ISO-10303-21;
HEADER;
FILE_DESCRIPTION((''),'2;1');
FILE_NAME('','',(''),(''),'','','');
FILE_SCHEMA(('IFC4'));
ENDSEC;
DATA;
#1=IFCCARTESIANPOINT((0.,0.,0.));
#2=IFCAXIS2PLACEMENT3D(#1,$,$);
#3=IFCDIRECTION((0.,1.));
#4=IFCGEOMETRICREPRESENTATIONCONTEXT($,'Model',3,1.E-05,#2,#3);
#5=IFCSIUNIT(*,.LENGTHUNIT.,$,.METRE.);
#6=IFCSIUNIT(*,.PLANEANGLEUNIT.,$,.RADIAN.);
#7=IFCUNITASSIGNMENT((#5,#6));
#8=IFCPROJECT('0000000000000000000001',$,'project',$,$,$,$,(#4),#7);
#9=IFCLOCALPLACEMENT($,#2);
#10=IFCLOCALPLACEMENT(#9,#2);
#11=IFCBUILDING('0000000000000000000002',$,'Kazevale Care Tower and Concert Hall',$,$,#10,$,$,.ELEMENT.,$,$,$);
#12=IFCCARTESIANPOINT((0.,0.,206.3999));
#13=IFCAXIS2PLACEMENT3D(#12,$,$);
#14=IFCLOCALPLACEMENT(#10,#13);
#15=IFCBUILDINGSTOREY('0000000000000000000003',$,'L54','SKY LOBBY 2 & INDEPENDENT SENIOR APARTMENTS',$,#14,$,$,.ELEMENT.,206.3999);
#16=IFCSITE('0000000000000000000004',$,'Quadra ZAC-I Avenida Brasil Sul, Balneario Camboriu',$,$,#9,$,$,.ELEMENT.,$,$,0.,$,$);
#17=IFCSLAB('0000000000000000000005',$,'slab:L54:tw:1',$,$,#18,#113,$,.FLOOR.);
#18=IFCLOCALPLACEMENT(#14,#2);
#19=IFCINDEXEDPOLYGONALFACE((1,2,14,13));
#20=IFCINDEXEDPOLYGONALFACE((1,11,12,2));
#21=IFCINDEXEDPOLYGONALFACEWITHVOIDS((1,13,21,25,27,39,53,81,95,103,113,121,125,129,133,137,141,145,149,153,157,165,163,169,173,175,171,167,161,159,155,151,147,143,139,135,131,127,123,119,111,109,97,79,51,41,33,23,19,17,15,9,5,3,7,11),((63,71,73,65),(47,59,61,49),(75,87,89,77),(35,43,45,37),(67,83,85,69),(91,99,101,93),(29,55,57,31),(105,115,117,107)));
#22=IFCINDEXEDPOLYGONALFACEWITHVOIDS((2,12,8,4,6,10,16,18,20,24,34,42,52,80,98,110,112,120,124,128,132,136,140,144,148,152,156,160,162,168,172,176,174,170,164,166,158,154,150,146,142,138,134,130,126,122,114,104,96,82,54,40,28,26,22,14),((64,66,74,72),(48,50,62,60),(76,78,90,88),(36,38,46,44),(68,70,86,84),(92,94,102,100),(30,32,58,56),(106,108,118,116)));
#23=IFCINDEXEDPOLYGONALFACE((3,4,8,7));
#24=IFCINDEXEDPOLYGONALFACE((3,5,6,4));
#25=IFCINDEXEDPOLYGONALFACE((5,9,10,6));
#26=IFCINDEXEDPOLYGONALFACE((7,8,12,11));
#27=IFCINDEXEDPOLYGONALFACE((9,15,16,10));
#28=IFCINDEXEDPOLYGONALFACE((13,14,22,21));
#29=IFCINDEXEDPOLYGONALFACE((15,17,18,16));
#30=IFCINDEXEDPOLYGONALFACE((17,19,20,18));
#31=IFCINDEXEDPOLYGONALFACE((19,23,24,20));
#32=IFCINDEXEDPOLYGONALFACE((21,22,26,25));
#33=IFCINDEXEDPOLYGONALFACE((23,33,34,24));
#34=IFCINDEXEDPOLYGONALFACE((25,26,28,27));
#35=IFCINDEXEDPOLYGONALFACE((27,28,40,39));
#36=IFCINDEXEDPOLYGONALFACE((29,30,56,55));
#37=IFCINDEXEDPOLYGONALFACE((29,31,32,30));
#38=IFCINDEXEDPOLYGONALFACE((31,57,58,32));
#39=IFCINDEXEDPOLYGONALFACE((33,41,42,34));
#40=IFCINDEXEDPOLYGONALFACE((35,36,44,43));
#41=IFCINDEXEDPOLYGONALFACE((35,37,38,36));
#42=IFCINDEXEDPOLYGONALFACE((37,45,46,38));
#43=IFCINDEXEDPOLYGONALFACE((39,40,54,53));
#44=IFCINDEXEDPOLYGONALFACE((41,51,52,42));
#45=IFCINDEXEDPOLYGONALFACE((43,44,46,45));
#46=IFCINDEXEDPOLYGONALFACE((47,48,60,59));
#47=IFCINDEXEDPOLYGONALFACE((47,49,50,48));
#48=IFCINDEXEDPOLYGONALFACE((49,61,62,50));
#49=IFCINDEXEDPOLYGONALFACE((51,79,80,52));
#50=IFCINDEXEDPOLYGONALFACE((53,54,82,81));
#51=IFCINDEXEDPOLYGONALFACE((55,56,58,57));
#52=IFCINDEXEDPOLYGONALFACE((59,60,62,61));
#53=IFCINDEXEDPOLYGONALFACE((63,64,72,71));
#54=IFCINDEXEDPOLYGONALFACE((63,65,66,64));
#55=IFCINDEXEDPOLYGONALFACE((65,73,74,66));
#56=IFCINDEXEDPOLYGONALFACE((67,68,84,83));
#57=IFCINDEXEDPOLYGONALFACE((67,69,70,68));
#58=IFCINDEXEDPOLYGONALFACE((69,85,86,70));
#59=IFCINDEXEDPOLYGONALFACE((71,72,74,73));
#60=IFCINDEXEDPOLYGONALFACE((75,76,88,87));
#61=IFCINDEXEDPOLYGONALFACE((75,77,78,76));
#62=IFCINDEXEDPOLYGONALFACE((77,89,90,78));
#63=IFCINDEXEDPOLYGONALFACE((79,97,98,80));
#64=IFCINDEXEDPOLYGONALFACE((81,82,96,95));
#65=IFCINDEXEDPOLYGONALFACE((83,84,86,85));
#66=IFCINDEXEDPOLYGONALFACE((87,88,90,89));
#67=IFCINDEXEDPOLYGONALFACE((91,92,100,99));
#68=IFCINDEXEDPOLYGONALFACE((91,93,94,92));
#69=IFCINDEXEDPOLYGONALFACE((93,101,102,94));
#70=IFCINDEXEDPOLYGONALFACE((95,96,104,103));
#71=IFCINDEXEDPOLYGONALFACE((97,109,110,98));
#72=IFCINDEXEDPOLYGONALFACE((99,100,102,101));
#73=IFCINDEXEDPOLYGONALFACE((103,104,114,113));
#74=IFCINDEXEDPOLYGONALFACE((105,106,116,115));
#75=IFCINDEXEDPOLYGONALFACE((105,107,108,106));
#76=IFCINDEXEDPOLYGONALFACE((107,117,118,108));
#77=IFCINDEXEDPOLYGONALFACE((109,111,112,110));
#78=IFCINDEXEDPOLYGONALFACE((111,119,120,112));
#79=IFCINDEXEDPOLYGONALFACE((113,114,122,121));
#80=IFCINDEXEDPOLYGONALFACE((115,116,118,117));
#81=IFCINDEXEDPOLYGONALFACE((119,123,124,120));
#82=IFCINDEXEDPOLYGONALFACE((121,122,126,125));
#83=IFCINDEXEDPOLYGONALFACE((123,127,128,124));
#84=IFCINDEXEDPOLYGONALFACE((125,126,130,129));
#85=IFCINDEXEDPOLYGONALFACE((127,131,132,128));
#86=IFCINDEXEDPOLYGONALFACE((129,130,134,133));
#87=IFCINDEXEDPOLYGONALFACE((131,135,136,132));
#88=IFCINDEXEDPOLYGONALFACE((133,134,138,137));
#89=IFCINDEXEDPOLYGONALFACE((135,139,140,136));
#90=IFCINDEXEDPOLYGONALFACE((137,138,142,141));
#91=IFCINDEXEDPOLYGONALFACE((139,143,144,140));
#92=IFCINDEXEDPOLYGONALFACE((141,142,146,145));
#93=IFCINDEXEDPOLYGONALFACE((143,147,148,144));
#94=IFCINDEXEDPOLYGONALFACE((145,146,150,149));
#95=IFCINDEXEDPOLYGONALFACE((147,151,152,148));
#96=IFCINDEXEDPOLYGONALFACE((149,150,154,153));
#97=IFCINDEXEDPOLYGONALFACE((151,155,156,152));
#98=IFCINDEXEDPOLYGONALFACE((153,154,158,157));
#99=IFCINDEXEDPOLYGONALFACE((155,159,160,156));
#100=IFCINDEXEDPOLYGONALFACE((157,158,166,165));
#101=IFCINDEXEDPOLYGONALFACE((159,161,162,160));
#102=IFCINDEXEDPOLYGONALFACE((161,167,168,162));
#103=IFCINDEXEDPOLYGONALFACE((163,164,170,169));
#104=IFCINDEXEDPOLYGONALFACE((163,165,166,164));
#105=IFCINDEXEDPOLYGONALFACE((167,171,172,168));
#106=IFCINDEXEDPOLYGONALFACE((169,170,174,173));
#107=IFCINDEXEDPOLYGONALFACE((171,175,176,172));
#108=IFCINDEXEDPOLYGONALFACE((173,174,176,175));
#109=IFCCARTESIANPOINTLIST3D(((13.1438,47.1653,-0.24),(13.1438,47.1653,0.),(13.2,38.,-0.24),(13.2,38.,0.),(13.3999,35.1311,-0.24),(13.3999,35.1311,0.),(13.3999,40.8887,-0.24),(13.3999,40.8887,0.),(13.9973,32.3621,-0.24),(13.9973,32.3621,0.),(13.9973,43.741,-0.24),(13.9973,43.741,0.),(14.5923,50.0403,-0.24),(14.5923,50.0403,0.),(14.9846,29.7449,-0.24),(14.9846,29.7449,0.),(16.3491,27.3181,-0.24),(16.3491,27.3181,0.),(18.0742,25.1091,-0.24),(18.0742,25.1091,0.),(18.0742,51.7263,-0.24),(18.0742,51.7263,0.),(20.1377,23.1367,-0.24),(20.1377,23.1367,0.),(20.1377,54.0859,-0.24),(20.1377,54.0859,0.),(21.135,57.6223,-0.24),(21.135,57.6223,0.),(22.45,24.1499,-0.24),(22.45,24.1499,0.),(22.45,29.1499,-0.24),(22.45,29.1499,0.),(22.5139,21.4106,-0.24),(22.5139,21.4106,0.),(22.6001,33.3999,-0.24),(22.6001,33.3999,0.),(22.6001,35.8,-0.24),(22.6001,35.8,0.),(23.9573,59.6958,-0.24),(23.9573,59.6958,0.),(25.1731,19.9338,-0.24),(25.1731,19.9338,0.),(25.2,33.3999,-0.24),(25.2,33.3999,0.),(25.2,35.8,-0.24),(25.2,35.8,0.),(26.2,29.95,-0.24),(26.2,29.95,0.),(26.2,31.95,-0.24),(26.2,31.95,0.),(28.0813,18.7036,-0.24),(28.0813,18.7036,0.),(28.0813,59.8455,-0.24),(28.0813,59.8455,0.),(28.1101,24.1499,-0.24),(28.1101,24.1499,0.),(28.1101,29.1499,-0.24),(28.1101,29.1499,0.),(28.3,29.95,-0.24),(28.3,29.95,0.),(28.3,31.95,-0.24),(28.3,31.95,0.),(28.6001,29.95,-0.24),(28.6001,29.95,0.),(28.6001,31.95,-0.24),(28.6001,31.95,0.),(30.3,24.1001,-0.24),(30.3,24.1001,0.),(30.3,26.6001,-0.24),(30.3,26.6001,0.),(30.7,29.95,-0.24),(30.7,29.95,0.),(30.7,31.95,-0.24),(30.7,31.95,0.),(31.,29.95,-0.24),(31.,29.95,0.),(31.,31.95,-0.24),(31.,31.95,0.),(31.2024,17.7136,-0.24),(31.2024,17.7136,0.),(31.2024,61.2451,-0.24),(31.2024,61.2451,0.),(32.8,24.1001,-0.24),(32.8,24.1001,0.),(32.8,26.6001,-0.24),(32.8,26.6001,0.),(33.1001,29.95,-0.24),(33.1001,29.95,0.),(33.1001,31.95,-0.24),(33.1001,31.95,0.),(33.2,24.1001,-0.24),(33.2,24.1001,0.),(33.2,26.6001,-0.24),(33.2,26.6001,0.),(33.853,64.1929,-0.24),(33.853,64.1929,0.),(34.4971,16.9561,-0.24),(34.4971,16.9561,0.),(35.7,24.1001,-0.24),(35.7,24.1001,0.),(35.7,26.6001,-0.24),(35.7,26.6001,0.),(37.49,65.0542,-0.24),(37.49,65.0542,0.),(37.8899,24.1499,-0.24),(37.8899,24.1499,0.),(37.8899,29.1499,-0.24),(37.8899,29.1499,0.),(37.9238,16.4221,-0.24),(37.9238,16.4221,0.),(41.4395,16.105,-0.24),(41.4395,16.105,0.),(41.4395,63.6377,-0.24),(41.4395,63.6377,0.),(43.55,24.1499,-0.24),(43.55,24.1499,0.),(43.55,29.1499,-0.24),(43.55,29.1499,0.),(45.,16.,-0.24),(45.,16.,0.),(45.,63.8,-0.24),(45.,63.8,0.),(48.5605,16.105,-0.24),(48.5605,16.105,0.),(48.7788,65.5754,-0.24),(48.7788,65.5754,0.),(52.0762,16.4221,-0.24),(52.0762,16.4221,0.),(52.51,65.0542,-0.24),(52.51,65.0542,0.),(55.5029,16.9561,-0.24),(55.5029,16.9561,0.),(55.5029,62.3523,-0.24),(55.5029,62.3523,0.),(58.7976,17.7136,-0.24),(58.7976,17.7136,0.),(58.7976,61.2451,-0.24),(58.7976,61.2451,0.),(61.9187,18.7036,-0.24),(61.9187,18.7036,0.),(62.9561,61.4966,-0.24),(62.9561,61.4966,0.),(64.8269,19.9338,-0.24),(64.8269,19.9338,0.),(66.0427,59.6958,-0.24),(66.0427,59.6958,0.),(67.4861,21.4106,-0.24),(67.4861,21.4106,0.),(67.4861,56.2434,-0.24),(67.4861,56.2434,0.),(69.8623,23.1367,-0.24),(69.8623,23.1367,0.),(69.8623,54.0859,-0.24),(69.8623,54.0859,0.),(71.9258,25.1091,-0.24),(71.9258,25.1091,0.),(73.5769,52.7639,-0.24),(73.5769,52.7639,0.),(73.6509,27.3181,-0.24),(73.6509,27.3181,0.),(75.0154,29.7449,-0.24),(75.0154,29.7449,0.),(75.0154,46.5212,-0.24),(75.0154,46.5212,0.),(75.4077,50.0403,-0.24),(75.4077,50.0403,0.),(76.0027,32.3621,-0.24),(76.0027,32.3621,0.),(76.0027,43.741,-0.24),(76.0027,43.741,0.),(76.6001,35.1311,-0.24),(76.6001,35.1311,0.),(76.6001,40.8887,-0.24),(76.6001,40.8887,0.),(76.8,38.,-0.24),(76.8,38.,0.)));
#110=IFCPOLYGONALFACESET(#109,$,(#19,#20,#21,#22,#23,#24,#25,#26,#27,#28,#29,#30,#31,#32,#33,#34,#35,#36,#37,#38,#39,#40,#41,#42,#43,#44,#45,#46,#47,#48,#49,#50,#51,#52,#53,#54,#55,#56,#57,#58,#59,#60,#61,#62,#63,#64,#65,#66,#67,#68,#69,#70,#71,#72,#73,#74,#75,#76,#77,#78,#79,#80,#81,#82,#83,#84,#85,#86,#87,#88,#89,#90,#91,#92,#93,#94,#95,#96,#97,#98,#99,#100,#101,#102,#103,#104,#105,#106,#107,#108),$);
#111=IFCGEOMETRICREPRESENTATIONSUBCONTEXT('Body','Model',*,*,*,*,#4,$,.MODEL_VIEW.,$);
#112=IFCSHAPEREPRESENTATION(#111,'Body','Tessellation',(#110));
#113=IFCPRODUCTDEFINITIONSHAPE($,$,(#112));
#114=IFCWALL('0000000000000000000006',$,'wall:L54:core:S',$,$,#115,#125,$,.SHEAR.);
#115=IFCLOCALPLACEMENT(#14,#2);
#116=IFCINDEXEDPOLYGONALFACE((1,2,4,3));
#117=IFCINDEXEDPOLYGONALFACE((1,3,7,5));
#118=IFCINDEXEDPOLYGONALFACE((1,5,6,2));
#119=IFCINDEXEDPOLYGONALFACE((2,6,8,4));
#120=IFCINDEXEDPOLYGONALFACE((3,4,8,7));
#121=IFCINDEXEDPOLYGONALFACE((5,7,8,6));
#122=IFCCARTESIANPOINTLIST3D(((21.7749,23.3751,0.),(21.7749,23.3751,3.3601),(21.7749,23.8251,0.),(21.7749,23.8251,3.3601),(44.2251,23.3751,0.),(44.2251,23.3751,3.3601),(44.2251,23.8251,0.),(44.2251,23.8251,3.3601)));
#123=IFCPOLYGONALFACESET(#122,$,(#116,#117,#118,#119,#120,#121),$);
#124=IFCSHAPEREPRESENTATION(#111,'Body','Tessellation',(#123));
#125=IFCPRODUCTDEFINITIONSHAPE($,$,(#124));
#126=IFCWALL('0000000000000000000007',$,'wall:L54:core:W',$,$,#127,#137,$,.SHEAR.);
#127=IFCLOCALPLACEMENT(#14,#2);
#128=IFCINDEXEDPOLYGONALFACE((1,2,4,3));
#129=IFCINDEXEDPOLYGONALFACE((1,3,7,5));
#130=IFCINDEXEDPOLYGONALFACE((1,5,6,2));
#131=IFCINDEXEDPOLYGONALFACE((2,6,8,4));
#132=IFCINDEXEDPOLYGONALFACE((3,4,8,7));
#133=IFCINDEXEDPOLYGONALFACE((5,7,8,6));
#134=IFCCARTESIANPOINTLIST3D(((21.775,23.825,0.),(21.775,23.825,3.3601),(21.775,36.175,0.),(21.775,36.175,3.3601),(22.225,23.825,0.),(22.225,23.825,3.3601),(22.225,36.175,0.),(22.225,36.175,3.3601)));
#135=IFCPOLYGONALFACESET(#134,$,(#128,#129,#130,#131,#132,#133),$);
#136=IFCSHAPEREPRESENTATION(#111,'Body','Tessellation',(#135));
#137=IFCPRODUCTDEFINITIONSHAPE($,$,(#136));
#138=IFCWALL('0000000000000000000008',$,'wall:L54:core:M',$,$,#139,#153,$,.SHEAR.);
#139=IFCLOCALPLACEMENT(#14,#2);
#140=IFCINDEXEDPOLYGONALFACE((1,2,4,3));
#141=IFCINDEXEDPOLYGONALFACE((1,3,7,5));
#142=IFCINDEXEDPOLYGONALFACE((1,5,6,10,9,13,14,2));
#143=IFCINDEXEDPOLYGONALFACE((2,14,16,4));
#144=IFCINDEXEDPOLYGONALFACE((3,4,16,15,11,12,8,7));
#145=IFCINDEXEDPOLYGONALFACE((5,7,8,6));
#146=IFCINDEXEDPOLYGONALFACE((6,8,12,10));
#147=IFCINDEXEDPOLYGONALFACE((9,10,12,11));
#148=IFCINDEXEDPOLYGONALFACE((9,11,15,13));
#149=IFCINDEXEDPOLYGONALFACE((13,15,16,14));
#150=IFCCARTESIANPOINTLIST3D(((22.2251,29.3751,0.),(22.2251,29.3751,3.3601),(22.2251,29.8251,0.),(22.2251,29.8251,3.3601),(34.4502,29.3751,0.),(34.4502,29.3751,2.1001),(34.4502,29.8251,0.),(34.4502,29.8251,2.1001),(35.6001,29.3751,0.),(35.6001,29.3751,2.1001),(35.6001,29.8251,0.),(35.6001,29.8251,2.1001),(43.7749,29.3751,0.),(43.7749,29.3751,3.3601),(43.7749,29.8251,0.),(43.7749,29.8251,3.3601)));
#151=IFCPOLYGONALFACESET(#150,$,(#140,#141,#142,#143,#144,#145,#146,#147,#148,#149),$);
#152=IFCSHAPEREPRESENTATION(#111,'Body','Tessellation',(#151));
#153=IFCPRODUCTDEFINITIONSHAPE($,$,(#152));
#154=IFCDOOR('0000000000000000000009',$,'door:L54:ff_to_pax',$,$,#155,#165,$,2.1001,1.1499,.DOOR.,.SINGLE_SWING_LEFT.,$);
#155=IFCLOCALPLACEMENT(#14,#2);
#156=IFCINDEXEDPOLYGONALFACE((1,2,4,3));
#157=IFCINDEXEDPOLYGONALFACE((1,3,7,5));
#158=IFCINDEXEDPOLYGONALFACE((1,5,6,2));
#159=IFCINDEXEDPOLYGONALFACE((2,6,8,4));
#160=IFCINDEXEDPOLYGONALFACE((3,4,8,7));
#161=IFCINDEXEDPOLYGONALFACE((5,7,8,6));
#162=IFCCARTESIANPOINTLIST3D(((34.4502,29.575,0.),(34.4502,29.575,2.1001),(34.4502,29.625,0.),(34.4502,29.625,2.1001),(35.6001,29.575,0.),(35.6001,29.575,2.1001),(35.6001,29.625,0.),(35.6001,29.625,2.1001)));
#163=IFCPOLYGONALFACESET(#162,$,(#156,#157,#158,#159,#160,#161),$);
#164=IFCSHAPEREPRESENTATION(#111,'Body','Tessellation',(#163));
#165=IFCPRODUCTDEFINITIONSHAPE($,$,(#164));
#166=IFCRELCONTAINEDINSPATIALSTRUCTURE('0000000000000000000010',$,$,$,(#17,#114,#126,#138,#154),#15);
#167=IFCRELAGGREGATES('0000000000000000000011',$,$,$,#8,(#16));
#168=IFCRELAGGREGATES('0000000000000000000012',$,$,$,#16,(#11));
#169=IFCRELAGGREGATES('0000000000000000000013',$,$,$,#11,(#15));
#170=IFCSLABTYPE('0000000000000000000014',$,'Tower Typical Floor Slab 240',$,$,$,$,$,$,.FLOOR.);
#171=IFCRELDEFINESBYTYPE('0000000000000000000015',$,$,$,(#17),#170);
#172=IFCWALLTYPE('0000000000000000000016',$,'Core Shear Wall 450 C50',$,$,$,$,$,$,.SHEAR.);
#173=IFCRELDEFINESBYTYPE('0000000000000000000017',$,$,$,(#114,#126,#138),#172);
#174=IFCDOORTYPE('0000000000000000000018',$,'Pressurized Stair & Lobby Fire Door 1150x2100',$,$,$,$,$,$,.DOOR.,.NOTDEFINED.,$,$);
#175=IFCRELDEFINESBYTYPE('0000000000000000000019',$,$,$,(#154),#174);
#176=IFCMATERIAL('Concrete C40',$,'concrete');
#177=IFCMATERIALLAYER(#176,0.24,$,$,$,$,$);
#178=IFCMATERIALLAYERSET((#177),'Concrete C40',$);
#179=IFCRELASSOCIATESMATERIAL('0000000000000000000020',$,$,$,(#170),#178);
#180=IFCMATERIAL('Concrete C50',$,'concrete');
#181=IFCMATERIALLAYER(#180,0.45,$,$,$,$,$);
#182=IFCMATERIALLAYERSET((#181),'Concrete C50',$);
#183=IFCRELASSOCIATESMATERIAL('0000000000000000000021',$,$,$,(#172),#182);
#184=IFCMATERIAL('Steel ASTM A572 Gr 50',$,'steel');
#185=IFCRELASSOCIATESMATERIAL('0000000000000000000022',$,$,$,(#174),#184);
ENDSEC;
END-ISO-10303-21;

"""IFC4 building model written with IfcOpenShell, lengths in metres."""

from ifc_helpers import new_model, si_unit, direction, frame, frame_2d, origin, place, context, subcontext, project, spatial, polyline, rectangle, outline, extrude, material, layer, layer_set, type_object, element, fill, save


model = new_model("IFC4")

# Units and contexts
model_context = context("Model", 3, precision=1e-05, world=origin(), true_north=direction((0.0, 1.0)))
body_context = subcontext(model_context, "Body", "Model", "MODEL_VIEW")
ifc_project = project(units=[si_unit("LENGTHUNIT", "METRE"), si_unit("PLANEANGLEUNIT", "RADIAN")], contexts=[model_context])

# Site, building, storey
site_placement = place(None, origin())
site = spatial("IfcSite", under=ifc_project, at=site_placement, Name="Quadra ZAC-I Avenida Brasil Sul, Balneario Camboriu", CompositionType="ELEMENT", RefElevation=0.0)
building_placement = place(site_placement, origin())
building = spatial("IfcBuilding", under=site, at=building_placement, Name="Kazevale Care Tower and Concert Hall", CompositionType="ELEMENT")
storey_placement = place(building_placement, frame((0.0, 0.0, 206.3999)))
storey = spatial("IfcBuildingStorey", under=building, at=storey_placement, Name="L54", Description="SKY LOBBY 2 & INDEPENDENT SENIOR APARTMENTS", CompositionType="ELEMENT", Elevation=206.3999)

# Shared definitions
ifc_material_1 = material(Name="Concrete C50", Category="concrete")

# Shared definitions
ifc_material_2 = material(Name="Steel ASTM A572 Gr 50", Category="steel")

# Shared definitions
ifc_material_3 = material(Name="Concrete C40", Category="concrete")

# Slab
ifc_layer_1 = layer(ifc_material_3, 0.24)
ifc_layer_set_1 = layer_set([ifc_layer_1], Name="Concrete C40")
slab_type_1 = type_object("IfcSlabType", Name="Tower Typical Floor Slab 240", PredefinedType="FLOOR", material=ifc_layer_set_1)
slab_1_placement = place(storey_placement, frame((0.0, 0.0, -0.24)))
element("IfcSlab", 1, at=slab_1_placement, inside=storey, type_object=slab_type_1, Name="slab:L54:tw:1", PredefinedType="FLOOR", context=body_context, shape_type="SweptSolid", body=[
    extrude(outline(polyline([(76.8, 38.0), (76.6001, 40.8887), (76.0027, 43.741), (75.0154, 46.5212), (75.4077, 50.0403), (73.5769, 52.7639), (69.8623, 54.0859), (67.4861, 56.2434), (66.0427, 59.6958), (62.9561, 61.4966), (58.7976, 61.2451), (55.5029, 62.3523), (52.51, 65.0542), (48.7788, 65.5754), (45.0, 63.8), (41.4395, 63.6377), (37.49, 65.0542), (33.853, 64.1929), (31.2024, 61.2451), (28.0813, 59.8455), (23.9573, 59.6958), (21.135, 57.6223), (20.1377, 54.0859), (18.0742, 51.7263), (14.5923, 50.0403), (13.1438, 47.1653), (13.9973, 43.741), (13.3999, 40.8887), (13.2, 38.0), (13.3999, 35.1311), (13.9973, 32.3621), (14.9846, 29.7449), (16.3491, 27.3181), (18.0742, 25.1091), (20.1377, 23.1367), (22.5139, 21.4106), (25.1731, 19.9338), (28.0813, 18.7036), (31.2024, 17.7136), (34.4971, 16.9561), (37.9238, 16.4221), (41.4395, 16.105), (45.0, 16.0), (48.5605, 16.105), (52.0762, 16.4221), (55.5029, 16.9561), (58.7976, 17.7136), (61.9187, 18.7036), (64.8269, 19.9338), (67.4861, 21.4106), (69.8623, 23.1367), (71.9258, 25.1091), (73.6509, 27.3181), (75.0154, 29.7449), (76.0027, 32.3621), (76.6001, 35.1311), (76.8, 38.0)]), holes=[polyline([(22.45, 24.1499), (28.1101, 24.1499), (28.1101, 29.1499), (22.45, 29.1499), (22.45, 24.1499)]), polyline([(37.8899, 24.1499), (43.55, 24.1499), (43.55, 29.1499), (37.8899, 29.1499), (37.8899, 24.1499)]), polyline([(30.3, 24.1001), (32.8, 24.1001), (32.8, 26.6001), (30.3, 26.6001), (30.3, 24.1001)]), polyline([(33.2, 24.1001), (35.7, 24.1001), (35.7, 26.6001), (33.2, 26.6001), (33.2, 24.1001)]), polyline([(22.6001, 33.3999), (25.2, 33.3999), (25.2, 35.8), (22.6001, 35.8), (22.6001, 33.3999)]), polyline([(26.2, 29.95), (28.3, 29.95), (28.3, 31.95), (26.2, 31.95), (26.2, 29.95)]), polyline([(28.6001, 29.95), (30.7, 29.95), (30.7, 31.95), (28.6001, 31.95), (28.6001, 29.95)]), polyline([(31.0, 29.95), (33.1001, 29.95), (33.1001, 31.95), (31.0, 31.95), (31.0, 29.95)])]), origin(), (0.0, 0.0, 1.0), 0.24),
])

# Walls
ifc_layer_2 = layer(ifc_material_1, 0.45)
ifc_layer_set_2 = layer_set([ifc_layer_2], Name="Concrete C50")
wall_type_1 = type_object("IfcWallType", Name="Core Shear Wall 450 C50", PredefinedType="SHEAR", material=ifc_layer_set_2)
wall_1_placement = place(storey_placement, frame((21.7749, 23.6001, 0.0), z_axis=(0.0, 0.0, 1.0), x_axis=(1.0, 0.0, 0.0)))
element("IfcWall", 2, at=wall_1_placement, inside=storey, type_object=wall_type_1, Name="wall:L54:core:S", PredefinedType="SHEAR", context=body_context, shape_type="SweptSolid", body=[
    extrude(rectangle(XDim=22.4502, YDim=0.45, at=frame_2d((11.2251, 0.0))), origin(), (0.0, 0.0, 1.0), 3.3601),
])
wall_2_placement = place(storey_placement, frame((22.0, 23.825, 0.0), z_axis=(0.0, 0.0, 1.0), x_axis=(0.0, 1.0, 0.0)))
element("IfcWall", 3, at=wall_2_placement, inside=storey, type_object=wall_type_1, Name="wall:L54:core:W", PredefinedType="SHEAR", context=body_context, shape_type="SweptSolid", body=[
    extrude(rectangle(XDim=12.3501, YDim=0.45, at=frame_2d((6.175, 0.0))), origin(), (0.0, 0.0, 1.0), 3.3601),
])

# Wall, opening, door
wall_3_placement = place(storey_placement, frame((22.2251, 29.6001, 0.0), z_axis=(0.0, 0.0, 1.0), x_axis=(1.0, 0.0, 0.0)))
wall_3 = element("IfcWall", 4, at=wall_3_placement, inside=storey, type_object=wall_type_1, Name="wall:L54:core:M", PredefinedType="SHEAR", context=body_context, shape_type="SweptSolid", body=[
    extrude(rectangle(XDim=21.5498, YDim=0.45, at=frame_2d((10.7749, 0.0))), origin(), (0.0, 0.0, 1.0), 3.3601),
])
opening_1_placement = place(wall_3_placement, frame((12.2251, 0.0, 0.0)))
opening_1 = element("IfcOpeningElement", 5, at=opening_1_placement, cuts=wall_3, PredefinedType="OPENING", context=body_context, shape_type="SweptSolid", body=[
    extrude(rectangle(XDim=1.1499, YDim=2.1001, at=frame_2d((0.575, 1.05))), frame((0.0, 0.2349, 0.0), z_axis=(0.0, -1.0, 0.0), x_axis=(1.0, 0.0, 0.0)), (0.0, 0.0, 1.0), 0.47),
])
door_type_1 = type_object("IfcDoorType", Name="Pressurized Stair & Lobby Fire Door 1150x2100", OperationType="NOTDEFINED", PredefinedType="DOOR", material=ifc_material_2)
door_1_placement = place(opening_1_placement, origin())
door_1 = element("IfcDoor", 6, at=door_1_placement, inside=storey, type_object=door_type_1, Name="door:L54:ff_to_pax", OperationType="SINGLE_SWING_LEFT", OverallHeight=2.1001, OverallWidth=1.1499, PredefinedType="DOOR", context=body_context, shape_type="SweptSolid", body=[
    extrude(rectangle(XDim=1.1499, YDim=2.1001, at=frame_2d((0.575, 1.05))), frame((0.0, 0.0249, 0.0), z_axis=(0.0, -1.0, 0.0), x_axis=(1.0, 0.0, 0.0)), (0.0, 0.0, 1.0), 0.05),
])
fill(opening_1, door_1)

save(model, "model.ifc")
